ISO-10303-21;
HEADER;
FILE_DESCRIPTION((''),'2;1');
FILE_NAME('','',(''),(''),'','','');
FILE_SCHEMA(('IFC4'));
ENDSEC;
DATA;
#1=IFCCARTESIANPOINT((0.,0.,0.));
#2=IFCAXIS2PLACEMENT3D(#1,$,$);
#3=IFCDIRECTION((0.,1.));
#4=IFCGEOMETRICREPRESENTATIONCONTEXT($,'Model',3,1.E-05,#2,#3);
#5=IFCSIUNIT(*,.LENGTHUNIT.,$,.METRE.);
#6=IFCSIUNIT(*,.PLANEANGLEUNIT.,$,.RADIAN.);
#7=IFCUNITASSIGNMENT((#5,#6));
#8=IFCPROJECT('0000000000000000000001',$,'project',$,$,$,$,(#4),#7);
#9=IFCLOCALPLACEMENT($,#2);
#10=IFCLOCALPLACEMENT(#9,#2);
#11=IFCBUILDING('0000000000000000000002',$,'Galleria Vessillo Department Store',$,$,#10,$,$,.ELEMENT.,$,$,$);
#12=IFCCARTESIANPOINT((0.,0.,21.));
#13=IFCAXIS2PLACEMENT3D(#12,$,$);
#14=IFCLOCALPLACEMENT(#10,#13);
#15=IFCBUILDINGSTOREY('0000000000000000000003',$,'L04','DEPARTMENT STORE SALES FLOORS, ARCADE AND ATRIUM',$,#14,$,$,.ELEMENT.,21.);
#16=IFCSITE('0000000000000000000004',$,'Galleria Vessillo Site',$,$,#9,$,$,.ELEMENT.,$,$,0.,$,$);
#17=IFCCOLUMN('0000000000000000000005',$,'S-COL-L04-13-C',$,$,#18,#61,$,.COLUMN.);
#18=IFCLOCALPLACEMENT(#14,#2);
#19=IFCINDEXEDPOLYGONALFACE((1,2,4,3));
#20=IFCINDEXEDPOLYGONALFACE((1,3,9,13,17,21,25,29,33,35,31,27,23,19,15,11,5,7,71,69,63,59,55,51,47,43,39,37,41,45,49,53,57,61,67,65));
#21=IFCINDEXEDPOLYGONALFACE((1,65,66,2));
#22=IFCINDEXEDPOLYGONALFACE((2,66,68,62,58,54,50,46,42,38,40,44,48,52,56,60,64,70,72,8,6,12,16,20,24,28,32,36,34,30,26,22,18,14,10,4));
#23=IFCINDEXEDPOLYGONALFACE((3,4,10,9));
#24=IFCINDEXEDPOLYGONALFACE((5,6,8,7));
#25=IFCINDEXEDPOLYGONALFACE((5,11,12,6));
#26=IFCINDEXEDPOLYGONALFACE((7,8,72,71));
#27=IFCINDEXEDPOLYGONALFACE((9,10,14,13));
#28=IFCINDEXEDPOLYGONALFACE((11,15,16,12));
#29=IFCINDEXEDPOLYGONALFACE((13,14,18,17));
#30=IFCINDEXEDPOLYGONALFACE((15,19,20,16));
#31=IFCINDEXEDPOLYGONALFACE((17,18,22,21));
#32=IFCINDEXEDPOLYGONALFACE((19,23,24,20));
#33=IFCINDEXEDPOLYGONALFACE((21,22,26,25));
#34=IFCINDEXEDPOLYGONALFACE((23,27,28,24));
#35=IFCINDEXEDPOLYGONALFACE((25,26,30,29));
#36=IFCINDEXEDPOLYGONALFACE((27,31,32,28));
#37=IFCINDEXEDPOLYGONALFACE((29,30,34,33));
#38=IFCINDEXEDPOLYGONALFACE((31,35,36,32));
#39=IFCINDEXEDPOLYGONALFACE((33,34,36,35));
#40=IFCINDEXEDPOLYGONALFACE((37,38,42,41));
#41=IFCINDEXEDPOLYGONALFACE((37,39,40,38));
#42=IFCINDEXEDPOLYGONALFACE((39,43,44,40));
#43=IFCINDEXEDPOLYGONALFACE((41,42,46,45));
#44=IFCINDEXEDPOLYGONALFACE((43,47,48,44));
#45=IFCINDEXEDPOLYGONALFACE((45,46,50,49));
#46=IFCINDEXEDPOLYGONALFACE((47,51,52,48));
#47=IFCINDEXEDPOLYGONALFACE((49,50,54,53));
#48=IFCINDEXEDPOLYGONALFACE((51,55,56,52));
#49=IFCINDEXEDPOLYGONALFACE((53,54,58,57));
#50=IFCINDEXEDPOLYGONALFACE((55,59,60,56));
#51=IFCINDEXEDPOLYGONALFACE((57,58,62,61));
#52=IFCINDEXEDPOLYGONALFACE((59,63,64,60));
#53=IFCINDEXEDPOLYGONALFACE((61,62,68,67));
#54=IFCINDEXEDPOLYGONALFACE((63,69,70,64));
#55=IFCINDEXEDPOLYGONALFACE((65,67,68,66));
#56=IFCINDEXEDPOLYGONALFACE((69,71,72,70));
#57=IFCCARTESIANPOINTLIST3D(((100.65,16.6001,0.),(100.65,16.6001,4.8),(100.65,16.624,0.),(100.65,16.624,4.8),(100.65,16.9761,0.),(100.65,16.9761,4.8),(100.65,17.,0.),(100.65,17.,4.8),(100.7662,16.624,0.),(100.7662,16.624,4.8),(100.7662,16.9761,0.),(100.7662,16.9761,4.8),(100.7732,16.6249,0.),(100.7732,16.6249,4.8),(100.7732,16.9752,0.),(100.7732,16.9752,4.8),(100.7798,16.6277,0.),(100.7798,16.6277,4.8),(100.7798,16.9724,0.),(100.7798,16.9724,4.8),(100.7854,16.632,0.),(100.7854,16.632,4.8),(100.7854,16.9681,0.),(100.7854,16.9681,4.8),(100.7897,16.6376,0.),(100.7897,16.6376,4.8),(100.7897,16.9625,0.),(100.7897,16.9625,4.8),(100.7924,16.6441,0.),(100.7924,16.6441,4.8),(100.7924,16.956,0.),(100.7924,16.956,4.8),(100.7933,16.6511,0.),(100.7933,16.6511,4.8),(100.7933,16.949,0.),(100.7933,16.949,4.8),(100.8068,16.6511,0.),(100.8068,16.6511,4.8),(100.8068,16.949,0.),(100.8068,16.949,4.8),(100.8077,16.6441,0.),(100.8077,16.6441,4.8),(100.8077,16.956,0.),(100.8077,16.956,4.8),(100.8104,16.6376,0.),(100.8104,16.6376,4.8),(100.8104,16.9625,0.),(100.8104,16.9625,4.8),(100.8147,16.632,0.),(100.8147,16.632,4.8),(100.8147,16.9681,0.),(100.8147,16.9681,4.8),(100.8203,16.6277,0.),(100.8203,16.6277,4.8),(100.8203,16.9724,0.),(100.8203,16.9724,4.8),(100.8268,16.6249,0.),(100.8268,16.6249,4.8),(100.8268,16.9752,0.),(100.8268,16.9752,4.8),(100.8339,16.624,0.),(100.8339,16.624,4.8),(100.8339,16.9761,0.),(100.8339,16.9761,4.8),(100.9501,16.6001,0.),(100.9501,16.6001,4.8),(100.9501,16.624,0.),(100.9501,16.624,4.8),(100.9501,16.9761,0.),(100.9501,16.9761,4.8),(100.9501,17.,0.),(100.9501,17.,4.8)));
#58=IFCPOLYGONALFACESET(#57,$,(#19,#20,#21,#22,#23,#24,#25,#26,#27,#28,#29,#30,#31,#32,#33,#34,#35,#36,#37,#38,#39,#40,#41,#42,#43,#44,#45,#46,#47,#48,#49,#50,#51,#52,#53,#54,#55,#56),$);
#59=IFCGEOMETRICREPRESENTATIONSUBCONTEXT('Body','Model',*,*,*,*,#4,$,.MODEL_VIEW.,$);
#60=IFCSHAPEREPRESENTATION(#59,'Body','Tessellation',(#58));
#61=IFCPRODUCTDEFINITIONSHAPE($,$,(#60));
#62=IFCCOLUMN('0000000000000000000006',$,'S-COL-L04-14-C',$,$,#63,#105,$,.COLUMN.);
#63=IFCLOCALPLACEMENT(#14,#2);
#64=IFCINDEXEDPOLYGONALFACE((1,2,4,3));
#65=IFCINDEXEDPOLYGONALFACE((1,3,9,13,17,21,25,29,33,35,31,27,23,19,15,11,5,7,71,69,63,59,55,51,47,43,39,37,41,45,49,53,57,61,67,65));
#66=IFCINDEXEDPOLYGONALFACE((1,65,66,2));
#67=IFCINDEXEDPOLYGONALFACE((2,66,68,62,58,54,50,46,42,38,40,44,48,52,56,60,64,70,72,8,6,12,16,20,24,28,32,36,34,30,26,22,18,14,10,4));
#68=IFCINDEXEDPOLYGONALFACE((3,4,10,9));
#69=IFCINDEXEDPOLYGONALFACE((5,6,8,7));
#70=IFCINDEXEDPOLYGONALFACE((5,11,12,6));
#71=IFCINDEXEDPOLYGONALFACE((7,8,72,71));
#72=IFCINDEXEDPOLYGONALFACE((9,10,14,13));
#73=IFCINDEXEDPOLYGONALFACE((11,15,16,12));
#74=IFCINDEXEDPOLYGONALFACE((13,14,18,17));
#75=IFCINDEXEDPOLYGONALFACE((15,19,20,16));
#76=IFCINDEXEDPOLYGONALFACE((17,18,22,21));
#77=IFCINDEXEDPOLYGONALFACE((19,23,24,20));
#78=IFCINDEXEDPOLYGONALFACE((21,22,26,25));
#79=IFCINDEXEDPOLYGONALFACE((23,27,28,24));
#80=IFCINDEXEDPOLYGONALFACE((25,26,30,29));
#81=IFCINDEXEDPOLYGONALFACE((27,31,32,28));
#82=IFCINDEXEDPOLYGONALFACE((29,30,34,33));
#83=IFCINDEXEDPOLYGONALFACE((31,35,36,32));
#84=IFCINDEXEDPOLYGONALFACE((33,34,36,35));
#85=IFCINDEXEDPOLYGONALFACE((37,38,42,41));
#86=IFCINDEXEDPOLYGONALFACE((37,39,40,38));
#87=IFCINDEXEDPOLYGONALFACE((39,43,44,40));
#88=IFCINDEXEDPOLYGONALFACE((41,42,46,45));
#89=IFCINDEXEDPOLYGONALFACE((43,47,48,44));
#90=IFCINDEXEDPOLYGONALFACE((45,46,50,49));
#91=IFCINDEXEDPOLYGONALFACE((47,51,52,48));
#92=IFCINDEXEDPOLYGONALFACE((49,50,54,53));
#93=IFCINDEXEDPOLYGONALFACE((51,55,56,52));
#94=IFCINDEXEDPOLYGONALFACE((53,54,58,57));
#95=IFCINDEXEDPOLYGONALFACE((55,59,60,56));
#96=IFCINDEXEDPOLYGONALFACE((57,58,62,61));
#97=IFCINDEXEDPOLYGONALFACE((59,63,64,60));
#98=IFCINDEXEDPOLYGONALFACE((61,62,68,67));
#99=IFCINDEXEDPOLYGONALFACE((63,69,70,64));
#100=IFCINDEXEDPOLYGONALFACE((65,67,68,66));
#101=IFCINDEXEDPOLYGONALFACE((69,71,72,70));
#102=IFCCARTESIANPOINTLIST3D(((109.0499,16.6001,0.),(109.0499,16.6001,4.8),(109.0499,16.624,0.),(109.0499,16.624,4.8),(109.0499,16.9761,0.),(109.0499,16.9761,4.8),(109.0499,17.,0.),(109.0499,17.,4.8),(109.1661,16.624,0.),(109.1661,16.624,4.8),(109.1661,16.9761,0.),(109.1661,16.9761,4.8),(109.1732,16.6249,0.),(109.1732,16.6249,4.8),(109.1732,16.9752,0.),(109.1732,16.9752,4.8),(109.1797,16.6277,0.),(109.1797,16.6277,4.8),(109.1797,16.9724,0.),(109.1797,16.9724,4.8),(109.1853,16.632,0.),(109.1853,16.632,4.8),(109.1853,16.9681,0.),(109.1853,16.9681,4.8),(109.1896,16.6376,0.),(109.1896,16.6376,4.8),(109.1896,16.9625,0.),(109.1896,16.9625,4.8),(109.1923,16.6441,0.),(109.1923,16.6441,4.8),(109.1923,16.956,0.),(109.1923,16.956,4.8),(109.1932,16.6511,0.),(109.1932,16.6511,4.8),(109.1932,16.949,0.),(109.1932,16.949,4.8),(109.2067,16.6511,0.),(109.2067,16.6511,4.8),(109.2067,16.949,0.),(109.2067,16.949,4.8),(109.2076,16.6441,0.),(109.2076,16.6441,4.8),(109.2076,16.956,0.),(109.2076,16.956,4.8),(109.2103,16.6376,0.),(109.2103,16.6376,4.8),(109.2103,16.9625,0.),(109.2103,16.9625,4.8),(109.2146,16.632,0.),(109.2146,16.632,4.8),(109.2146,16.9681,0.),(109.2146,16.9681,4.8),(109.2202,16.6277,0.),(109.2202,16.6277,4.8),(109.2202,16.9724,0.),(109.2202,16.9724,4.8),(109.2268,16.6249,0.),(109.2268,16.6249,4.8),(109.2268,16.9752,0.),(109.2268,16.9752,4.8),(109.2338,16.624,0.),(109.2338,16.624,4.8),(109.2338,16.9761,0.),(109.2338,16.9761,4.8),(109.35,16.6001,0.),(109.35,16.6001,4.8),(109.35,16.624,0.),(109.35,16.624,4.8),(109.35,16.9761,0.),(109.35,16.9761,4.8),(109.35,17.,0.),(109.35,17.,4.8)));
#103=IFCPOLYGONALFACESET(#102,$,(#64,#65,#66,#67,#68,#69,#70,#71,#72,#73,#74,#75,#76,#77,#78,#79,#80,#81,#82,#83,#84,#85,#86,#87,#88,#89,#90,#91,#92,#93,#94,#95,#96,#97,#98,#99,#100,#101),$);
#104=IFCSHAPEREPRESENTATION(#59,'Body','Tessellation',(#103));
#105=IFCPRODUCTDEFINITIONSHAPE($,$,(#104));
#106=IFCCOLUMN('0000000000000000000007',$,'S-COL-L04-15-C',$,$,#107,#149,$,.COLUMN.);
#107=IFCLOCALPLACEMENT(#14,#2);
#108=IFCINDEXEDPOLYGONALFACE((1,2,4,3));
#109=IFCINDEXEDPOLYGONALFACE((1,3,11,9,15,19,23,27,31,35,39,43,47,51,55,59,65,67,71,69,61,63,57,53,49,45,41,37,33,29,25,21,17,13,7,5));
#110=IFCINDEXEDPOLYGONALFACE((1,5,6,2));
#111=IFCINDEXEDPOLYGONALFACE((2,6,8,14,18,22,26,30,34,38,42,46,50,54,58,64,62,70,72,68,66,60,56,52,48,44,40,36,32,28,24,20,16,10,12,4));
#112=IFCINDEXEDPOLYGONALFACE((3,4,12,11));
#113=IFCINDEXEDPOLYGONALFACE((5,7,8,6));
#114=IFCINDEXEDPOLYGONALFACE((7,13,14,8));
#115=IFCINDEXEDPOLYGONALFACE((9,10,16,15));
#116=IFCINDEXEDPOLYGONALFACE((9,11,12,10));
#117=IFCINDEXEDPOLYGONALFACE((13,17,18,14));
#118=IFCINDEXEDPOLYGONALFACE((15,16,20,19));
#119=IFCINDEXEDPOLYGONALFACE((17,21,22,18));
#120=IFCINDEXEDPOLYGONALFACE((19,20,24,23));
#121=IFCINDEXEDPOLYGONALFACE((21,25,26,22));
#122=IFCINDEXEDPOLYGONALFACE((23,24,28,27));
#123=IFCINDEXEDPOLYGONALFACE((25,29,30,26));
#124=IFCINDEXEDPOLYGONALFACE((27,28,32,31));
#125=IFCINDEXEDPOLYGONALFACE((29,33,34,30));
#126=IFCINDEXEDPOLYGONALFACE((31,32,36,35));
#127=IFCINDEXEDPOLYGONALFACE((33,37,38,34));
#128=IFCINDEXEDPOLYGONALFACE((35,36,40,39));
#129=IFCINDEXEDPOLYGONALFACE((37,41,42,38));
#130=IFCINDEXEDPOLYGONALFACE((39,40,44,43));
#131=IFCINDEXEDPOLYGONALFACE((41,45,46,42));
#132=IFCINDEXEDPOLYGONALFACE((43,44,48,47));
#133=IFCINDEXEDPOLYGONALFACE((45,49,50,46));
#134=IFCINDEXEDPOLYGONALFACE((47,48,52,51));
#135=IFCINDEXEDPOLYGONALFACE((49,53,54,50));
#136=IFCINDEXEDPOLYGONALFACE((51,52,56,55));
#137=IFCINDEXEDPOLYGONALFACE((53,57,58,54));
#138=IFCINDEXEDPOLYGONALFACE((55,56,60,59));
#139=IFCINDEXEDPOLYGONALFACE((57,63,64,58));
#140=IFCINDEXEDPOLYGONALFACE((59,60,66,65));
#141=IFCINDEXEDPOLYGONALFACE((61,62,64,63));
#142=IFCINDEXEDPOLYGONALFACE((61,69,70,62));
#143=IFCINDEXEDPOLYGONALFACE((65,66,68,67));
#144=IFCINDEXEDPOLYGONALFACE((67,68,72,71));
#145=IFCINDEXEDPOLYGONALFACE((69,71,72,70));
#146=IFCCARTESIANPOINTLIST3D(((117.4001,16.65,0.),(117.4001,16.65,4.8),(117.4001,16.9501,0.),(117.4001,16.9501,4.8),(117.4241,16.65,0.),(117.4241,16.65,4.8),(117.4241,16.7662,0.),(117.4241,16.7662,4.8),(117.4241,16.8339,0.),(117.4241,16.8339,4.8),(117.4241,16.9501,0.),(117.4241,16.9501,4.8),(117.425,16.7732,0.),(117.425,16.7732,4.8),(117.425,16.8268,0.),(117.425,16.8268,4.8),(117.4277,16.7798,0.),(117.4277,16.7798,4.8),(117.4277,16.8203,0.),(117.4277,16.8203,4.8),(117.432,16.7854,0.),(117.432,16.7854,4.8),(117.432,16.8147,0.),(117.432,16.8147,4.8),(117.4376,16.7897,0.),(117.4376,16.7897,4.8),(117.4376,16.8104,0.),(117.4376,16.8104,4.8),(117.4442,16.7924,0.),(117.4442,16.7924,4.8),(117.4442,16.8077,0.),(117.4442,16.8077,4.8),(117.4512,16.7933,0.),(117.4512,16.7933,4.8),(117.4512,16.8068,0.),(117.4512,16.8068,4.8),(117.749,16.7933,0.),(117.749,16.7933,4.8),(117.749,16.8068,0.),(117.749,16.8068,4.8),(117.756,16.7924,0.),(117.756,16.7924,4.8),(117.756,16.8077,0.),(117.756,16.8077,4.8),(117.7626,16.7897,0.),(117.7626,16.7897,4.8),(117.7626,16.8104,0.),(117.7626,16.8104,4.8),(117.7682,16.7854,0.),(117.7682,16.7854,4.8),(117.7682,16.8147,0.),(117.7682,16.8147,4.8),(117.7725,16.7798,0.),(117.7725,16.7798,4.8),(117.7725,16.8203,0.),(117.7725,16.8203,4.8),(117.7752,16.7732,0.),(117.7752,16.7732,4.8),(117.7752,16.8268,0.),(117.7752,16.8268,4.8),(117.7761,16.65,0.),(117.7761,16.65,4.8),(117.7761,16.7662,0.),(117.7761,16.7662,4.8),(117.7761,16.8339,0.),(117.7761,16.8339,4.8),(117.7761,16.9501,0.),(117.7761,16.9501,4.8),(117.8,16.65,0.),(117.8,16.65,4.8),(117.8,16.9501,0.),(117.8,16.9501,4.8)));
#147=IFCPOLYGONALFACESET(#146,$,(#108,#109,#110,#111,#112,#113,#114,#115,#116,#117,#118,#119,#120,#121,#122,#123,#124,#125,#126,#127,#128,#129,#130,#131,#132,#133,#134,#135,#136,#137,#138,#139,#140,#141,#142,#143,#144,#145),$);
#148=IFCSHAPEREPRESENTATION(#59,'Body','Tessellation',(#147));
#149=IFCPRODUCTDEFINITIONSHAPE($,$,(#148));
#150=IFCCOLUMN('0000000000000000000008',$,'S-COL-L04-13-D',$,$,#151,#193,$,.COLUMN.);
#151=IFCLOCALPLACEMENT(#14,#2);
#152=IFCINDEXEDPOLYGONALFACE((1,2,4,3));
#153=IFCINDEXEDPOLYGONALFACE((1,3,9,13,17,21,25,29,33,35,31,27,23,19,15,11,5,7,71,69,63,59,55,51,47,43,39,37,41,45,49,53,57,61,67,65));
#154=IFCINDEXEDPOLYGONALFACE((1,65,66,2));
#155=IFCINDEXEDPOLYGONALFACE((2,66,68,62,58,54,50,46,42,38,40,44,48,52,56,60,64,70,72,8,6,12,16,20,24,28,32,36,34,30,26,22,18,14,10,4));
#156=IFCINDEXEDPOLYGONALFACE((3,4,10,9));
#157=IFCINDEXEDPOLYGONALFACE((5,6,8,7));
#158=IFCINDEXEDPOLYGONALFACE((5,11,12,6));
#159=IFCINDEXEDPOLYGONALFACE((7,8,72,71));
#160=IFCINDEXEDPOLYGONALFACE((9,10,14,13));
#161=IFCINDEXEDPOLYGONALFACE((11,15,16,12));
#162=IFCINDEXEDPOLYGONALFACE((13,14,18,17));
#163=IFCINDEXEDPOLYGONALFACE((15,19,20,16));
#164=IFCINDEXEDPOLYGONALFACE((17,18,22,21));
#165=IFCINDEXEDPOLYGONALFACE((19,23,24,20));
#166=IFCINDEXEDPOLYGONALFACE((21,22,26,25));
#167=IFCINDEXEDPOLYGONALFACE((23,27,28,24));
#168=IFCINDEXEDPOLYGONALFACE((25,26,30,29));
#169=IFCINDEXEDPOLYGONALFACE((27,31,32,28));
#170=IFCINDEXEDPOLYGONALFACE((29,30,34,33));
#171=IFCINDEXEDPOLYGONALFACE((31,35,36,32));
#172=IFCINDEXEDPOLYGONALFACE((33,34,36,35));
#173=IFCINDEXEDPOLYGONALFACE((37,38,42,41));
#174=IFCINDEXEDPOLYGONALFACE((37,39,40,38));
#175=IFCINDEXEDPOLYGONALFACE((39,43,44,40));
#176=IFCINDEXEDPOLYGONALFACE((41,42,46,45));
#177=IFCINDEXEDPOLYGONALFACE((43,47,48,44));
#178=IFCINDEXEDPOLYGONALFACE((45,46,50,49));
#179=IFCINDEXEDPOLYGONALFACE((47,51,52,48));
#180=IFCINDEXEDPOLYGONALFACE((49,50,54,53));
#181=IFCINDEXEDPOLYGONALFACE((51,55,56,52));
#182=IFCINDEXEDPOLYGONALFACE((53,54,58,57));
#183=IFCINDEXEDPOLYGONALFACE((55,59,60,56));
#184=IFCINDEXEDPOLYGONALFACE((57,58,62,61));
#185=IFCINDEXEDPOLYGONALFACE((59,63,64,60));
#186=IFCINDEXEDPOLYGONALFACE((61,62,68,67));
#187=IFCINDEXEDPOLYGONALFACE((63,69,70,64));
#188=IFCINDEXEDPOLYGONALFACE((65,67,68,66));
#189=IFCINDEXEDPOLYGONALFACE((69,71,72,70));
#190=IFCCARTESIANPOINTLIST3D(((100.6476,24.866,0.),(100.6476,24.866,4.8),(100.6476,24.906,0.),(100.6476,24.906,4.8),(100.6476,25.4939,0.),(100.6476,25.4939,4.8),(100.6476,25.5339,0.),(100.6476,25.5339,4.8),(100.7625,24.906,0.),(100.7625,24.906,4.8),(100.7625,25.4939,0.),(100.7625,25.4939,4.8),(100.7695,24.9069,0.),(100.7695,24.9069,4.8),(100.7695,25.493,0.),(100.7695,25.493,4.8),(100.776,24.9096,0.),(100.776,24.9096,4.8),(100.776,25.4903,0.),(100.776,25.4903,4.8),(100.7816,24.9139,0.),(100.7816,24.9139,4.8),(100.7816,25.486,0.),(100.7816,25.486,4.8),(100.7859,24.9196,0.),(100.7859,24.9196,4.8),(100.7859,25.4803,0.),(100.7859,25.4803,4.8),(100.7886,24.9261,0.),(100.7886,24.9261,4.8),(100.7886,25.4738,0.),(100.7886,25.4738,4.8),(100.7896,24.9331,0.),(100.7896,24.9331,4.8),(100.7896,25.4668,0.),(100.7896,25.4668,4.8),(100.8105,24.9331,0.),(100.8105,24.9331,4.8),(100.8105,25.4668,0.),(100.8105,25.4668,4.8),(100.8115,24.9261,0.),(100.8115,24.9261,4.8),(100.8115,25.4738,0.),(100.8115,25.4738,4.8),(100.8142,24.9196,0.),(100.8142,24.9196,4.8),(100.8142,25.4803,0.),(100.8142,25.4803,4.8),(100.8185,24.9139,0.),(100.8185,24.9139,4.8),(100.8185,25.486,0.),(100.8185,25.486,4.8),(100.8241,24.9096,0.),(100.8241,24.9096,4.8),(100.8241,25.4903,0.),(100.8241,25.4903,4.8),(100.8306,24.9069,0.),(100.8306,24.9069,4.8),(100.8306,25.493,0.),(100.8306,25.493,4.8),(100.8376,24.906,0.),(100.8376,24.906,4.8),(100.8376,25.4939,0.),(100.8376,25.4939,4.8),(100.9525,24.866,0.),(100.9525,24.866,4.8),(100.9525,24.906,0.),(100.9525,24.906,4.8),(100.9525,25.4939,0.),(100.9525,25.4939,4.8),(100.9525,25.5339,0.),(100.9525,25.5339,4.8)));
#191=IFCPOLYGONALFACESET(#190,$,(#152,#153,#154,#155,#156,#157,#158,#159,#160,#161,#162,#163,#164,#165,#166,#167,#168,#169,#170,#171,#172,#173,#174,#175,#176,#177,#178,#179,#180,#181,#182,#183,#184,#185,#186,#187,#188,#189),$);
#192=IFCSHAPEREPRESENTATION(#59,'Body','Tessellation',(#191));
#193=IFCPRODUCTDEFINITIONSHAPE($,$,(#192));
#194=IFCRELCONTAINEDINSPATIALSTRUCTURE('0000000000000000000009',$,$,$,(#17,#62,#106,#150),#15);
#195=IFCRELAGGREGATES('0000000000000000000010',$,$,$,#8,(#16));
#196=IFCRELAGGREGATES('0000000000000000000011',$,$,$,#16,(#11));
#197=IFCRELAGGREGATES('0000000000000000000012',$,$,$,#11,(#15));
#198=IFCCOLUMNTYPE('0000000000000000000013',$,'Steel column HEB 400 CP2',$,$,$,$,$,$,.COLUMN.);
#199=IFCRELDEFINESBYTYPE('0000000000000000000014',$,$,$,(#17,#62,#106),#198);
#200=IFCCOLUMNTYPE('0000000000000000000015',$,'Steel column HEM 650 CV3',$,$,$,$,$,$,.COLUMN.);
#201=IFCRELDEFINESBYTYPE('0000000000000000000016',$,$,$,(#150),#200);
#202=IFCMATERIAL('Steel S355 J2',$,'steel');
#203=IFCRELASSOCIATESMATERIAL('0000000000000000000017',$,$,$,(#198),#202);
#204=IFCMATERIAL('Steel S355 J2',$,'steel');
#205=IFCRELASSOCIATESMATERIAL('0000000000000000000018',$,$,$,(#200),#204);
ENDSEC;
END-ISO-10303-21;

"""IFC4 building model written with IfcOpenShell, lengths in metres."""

from ifc_helpers import new_model, si_unit, direction, frame, origin, origin_2d, place, context, subcontext, project, spatial, i_section, extrude, material, material_profile, profile_set, type_object, element, save


model = new_model("IFC4")

# Units and contexts
model_context = context("Model", 3, precision=1e-05, world=origin(), true_north=direction((0.0, 1.0)))
body_context = subcontext(model_context, "Body", "Model", "MODEL_VIEW")
ifc_project = project(units=[si_unit("LENGTHUNIT", "METRE"), si_unit("PLANEANGLEUNIT", "RADIAN")], contexts=[model_context])

# Site, building, storey
site_placement = place(None, origin())
site = spatial("IfcSite", under=ifc_project, at=site_placement, Name="Galleria Vessillo Site", CompositionType="ELEMENT", RefElevation=0.0)
building_placement = place(site_placement, origin())
building = spatial("IfcBuilding", under=site, at=building_placement, Name="Galleria Vessillo Department Store", CompositionType="ELEMENT")
storey_placement = place(building_placement, frame((0.0, 0.0, 21.0)))
storey = spatial("IfcBuildingStorey", under=building, at=storey_placement, Name="L04", Description="DEPARTMENT STORE SALES FLOORS, ARCADE AND ATRIUM", CompositionType="ELEMENT", Elevation=21.0)

# Columns
ifc_material_1 = material(Name="Steel S355 J2", Category="steel")
ifc_material_profile_1 = material_profile(ifc_material_1, i_section(OverallWidth=0.3, OverallDepth=0.3999, WebThickness=0.0134, FlangeThickness=0.0239, FilletRadius=0.0271, at=origin_2d()), Name="HEB 400")
ifc_profile_set_1 = profile_set([ifc_material_profile_1], Name="Steel S355 J2")
column_type_1 = type_object("IfcColumnType", Name="Steel column HEB 400 CP2", PredefinedType="COLUMN", material=ifc_profile_set_1)
for number, where, z_axis, x_axis, name in (
    (1, (100.8, 16.8, 0.0), (0.0, 0.0, 1.0), (1.0, 0.0, 0.0), "S-COL-L04-13-C"),
    (2, (109.2, 16.8, 0.0), (0.0, 0.0, 1.0), (1.0, 0.0, 0.0), "S-COL-L04-14-C"),
    (3, (117.6001, 16.8, 0.0), (0.0, 0.0, 1.0), (0.0, 1.0, 0.0), "S-COL-L04-15-C"),
):
    element("IfcColumn", number, at=place(storey_placement, frame(where, z_axis=z_axis, x_axis=x_axis)), inside=storey, type_object=column_type_1, Name=name, PredefinedType="COLUMN", context=body_context, shape_type="SweptSolid", body=[
        extrude(i_section(OverallWidth=0.3, OverallDepth=0.3999, WebThickness=0.0134, FlangeThickness=0.0239, FilletRadius=0.0271, at=origin_2d()), origin(), (0.0, 0.0, 1.0), 4.8),
    ])
ifc_material_2 = material(Name="Steel S355 J2", Category="steel")
ifc_material_profile_2 = material_profile(ifc_material_2, i_section(OverallWidth=0.3049, OverallDepth=0.668, WebThickness=0.021, FlangeThickness=0.04, FilletRadius=0.0271, at=origin_2d()), Name="HEM 650")
ifc_profile_set_2 = profile_set([ifc_material_profile_2], Name="Steel S355 J2")
column_type_2 = type_object("IfcColumnType", Name="Steel column HEM 650 CV3", PredefinedType="COLUMN", material=ifc_profile_set_2)
for number, where, z_axis, x_axis, name in (
    (4, (100.8, 25.2, 0.0), (0.0, 0.0, 1.0), (1.0, 0.0, 0.0), "S-COL-L04-13-D"),
):
    element("IfcColumn", number, at=place(storey_placement, frame(where, z_axis=z_axis, x_axis=x_axis)), inside=storey, type_object=column_type_2, Name=name, PredefinedType="COLUMN", context=body_context, shape_type="SweptSolid", body=[
        extrude(i_section(OverallWidth=0.3049, OverallDepth=0.668, WebThickness=0.021, FlangeThickness=0.04, FilletRadius=0.0271, at=origin_2d()), origin(), (0.0, 0.0, 1.0), 4.8),
    ])

save(model, "model.ifc")
